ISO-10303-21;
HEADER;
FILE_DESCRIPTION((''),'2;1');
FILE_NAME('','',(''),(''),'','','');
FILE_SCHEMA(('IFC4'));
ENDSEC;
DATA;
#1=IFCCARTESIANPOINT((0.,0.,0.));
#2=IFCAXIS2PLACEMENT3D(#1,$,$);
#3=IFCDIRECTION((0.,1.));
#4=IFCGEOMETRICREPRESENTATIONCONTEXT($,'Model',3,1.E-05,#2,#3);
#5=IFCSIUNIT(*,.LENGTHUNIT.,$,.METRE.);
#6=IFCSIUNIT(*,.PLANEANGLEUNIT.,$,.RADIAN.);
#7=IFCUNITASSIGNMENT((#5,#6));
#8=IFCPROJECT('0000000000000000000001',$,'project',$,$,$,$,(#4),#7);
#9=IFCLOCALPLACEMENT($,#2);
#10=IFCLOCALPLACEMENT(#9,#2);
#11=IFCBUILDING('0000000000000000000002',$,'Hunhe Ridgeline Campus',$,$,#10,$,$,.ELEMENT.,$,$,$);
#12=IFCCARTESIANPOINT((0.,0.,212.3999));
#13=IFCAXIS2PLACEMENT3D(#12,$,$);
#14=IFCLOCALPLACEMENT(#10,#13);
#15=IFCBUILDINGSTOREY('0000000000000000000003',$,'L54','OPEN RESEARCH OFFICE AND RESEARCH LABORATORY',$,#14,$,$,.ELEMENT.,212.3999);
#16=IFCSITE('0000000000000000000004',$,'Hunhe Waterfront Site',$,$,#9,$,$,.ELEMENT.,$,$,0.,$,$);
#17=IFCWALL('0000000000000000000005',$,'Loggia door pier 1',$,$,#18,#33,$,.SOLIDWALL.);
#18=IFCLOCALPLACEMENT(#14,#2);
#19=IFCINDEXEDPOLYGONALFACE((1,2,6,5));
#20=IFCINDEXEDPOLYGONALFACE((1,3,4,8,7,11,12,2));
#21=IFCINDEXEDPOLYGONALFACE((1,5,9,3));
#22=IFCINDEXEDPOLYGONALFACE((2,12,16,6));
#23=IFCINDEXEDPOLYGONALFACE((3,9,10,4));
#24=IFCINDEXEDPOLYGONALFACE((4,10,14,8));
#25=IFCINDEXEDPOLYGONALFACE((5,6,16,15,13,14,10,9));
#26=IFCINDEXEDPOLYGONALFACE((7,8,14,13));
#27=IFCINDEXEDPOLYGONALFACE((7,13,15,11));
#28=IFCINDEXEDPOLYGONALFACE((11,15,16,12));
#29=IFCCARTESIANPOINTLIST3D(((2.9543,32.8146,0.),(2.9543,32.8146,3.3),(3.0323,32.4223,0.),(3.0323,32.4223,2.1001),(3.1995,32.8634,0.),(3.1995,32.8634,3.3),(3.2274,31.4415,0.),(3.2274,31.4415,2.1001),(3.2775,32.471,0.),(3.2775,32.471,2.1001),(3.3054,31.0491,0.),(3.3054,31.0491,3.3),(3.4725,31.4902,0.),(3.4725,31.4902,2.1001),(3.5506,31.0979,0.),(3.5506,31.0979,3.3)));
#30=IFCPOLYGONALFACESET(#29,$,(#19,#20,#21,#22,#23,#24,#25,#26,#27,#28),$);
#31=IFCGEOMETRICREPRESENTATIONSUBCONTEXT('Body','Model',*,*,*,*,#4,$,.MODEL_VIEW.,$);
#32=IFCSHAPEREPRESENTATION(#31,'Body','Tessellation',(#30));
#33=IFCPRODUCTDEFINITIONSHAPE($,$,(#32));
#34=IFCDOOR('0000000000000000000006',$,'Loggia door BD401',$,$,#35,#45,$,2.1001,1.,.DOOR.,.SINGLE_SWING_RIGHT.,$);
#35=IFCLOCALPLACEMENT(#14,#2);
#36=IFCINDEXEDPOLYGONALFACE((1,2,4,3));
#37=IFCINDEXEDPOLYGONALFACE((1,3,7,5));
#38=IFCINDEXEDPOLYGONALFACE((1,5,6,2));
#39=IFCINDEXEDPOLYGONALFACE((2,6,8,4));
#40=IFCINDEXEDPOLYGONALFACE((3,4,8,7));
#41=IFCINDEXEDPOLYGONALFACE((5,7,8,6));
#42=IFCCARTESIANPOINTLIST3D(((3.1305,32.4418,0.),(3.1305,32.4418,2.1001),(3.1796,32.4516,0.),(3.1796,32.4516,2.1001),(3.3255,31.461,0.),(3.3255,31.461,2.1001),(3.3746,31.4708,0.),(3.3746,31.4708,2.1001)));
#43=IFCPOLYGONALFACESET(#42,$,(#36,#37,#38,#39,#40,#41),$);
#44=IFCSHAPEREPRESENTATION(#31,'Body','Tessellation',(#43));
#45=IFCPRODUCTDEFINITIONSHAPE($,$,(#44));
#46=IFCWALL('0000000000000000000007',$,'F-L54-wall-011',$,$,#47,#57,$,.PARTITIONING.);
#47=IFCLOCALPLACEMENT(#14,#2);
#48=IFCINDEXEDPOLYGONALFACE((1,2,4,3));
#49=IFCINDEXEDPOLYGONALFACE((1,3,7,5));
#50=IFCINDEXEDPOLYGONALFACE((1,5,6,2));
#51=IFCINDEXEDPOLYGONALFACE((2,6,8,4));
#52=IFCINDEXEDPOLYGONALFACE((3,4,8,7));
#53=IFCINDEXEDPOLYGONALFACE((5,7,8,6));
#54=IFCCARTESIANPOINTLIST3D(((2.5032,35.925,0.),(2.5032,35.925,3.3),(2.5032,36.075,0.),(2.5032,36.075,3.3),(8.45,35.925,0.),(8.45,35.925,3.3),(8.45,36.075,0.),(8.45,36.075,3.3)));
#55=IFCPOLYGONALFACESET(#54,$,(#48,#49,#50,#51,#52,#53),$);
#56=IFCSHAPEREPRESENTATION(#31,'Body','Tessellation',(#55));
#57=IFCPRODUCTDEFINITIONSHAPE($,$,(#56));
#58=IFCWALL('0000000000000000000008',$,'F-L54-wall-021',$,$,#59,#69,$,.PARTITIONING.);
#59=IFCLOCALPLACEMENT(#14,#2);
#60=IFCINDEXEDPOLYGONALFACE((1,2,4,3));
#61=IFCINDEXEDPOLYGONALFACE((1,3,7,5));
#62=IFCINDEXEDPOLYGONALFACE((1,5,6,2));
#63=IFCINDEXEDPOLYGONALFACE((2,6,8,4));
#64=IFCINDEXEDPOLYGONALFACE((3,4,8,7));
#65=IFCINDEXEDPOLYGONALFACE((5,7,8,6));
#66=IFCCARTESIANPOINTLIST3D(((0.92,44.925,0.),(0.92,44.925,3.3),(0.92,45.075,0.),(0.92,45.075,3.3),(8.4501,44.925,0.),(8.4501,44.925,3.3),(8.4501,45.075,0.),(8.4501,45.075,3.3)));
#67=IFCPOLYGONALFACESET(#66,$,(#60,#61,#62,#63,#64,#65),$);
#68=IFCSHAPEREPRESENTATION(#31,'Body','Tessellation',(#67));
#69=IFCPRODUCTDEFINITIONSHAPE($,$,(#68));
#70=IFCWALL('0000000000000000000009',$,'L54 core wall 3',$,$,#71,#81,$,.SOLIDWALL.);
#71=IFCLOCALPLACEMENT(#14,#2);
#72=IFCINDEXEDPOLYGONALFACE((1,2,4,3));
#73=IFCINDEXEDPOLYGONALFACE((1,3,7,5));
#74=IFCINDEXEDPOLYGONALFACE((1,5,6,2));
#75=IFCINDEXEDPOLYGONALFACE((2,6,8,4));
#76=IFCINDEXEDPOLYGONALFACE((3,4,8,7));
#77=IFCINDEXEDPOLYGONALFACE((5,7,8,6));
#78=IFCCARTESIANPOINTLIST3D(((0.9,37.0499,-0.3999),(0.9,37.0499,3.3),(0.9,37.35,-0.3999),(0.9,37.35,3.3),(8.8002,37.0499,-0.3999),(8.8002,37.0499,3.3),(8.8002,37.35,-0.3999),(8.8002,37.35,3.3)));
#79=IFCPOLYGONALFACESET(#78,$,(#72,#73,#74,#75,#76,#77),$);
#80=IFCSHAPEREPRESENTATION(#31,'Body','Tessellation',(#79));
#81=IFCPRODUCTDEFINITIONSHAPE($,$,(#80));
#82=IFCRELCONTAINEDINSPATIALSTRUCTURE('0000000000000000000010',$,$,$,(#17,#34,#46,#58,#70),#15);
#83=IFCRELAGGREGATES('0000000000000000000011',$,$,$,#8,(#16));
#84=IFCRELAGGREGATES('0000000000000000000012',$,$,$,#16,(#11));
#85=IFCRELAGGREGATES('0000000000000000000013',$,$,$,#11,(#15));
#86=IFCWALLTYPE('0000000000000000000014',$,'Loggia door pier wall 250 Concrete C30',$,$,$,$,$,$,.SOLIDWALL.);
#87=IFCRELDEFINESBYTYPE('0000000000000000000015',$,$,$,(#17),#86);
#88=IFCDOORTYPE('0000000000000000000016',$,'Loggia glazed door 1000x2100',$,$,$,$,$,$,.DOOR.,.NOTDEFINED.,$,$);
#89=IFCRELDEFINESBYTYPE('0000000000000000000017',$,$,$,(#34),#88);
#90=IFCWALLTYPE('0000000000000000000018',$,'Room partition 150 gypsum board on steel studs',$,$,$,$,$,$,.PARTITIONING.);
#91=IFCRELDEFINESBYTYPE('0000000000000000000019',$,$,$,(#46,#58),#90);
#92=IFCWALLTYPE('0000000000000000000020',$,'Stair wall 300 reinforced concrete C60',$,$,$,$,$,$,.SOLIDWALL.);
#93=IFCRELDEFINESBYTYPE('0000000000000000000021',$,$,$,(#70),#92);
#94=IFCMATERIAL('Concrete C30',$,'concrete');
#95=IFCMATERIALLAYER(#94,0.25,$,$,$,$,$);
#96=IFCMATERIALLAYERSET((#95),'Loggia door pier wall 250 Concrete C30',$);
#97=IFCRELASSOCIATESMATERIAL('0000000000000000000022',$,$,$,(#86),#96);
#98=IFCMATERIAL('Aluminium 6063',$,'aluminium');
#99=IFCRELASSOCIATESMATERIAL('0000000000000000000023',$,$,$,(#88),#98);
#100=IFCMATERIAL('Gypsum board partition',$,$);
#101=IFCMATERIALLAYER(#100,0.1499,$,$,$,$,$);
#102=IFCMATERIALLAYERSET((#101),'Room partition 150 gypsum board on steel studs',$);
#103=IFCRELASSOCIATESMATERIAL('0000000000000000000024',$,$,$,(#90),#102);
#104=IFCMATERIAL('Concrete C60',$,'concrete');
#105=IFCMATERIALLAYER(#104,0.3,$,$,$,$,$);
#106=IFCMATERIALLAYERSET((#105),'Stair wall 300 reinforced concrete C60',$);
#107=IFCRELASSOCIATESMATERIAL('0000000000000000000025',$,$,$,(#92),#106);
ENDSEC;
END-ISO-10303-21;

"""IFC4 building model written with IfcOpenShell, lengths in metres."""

from ifc_helpers import new_model, si_unit, direction, frame, frame_2d, origin, place, context, subcontext, project, spatial, rectangle, extrude, material, layer, layer_set, type_object, element, fill, save


model = new_model("IFC4")

# Units and contexts
model_context = context("Model", 3, precision=1e-05, world=origin(), true_north=direction((0.0, 1.0)))
body_context = subcontext(model_context, "Body", "Model", "MODEL_VIEW")
ifc_project = project(units=[si_unit("LENGTHUNIT", "METRE"), si_unit("PLANEANGLEUNIT", "RADIAN")], contexts=[model_context])

# Site, building, storey
site_placement = place(None, origin())
site = spatial("IfcSite", under=ifc_project, at=site_placement, Name="Hunhe Waterfront Site", CompositionType="ELEMENT", RefElevation=0.0)
building_placement = place(site_placement, origin())
building = spatial("IfcBuilding", under=site, at=building_placement, Name="Hunhe Ridgeline Campus", CompositionType="ELEMENT")
storey_placement = place(building_placement, frame((0.0, 0.0, 212.3999)))
storey = spatial("IfcBuildingStorey", under=building, at=storey_placement, Name="L54", Description="OPEN RESEARCH OFFICE AND RESEARCH LABORATORY", CompositionType="ELEMENT", Elevation=212.3999)

# Shared definitions
ifc_material_1 = material(Name="Concrete C60", Category="concrete")

# Shared definitions
ifc_material_2 = material(Name="Aluminium 6063", Category="aluminium")

# Shared definitions
ifc_material_3 = material(Name="Concrete C30", Category="concrete")

# Wall, opening, door
ifc_layer_1 = layer(ifc_material_3, 0.25)
ifc_layer_set_1 = layer_set([ifc_layer_1], Name="Loggia door pier wall 250 Concrete C30")
wall_type_1 = type_object("IfcWallType", Name="Loggia door pier wall 250 Concrete C30", PredefinedType="SOLIDWALL", material=ifc_layer_set_1)
wall_1_placement = place(storey_placement, frame((3.0769, 32.8389, 0.0), z_axis=(0.0, 0.0, 1.0), x_axis=(0.195047, -0.980794, 0.0)))
wall_1 = element("IfcWall", 1, at=wall_1_placement, inside=storey, type_object=wall_type_1, Name="Loggia door pier 1", PredefinedType="SOLIDWALL", context=body_context, shape_type="SweptSolid", body=[
    extrude(rectangle(XDim=1.8, YDim=0.25, at=frame_2d((0.8999, 0.0))), origin(), (0.0, 0.0, 1.0), 3.3),
])
opening_1_placement = place(wall_1_placement, frame((0.3999, 0.0, 0.0)))
opening_1 = element("IfcOpeningElement", 2, at=opening_1_placement, cuts=wall_1, PredefinedType="OPENING", context=body_context, shape_type="SweptSolid", body=[
    extrude(rectangle(XDim=1.0, YDim=2.1001, at=frame_2d((0.5, 1.05))), frame((0.0, 0.125, 0.0), z_axis=(0.0, -1.0, 0.0), x_axis=(1.0, 0.0, 0.0)), (0.0, 0.0, 1.0), 0.25),
])
door_type_1 = type_object("IfcDoorType", Name="Loggia glazed door 1000x2100", OperationType="NOTDEFINED", PredefinedType="DOOR", material=ifc_material_2)
door_1_placement = place(opening_1_placement, frame((1.0, 0.0, 0.0), z_axis=(0.0, 0.0, 1.0), x_axis=(-1.0, 0.0, 0.0)))
door_1 = element("IfcDoor", 3, at=door_1_placement, inside=storey, type_object=door_type_1, Name="Loggia door BD401", OperationType="SINGLE_SWING_RIGHT", OverallHeight=2.1001, OverallWidth=1.0, PredefinedType="DOOR", context=body_context, shape_type="SweptSolid", body=[
    extrude(rectangle(XDim=1.0, YDim=2.1001, at=frame_2d((0.5, 1.05))), frame((0.0, 0.0249, 0.0), z_axis=(0.0, -1.0, 0.0), x_axis=(1.0, 0.0, 0.0)), (0.0, 0.0, 1.0), 0.05),
])
fill(opening_1, door_1)

# Walls
ifc_material_4 = material(Name="Gypsum board partition")
ifc_layer_2 = layer(ifc_material_4, 0.1499)
ifc_layer_set_2 = layer_set([ifc_layer_2], Name="Room partition 150 gypsum board on steel studs")
wall_type_2 = type_object("IfcWallType", Name="Room partition 150 gypsum board on steel studs", PredefinedType="PARTITIONING", material=ifc_layer_set_2)
wall_2_placement = place(storey_placement, frame((2.5032, 36.0, 0.0), z_axis=(0.0, 0.0, 1.0), x_axis=(1.0, 0.0, 0.0)))
element("IfcWall", 4, at=wall_2_placement, inside=storey, type_object=wall_type_2, Name="F-L54-wall-011", PredefinedType="PARTITIONING", context=body_context, shape_type="SweptSolid", body=[
    extrude(rectangle(XDim=5.9468, YDim=0.1499, at=frame_2d((2.9734, 0.0))), origin(), (0.0, 0.0, 1.0), 3.3),
])
wall_3_placement = place(storey_placement, frame((0.9199, 45.0, 0.0), z_axis=(0.0, 0.0, 1.0), x_axis=(1.0, 0.0, 0.0)))
element("IfcWall", 5, at=wall_3_placement, inside=storey, type_object=wall_type_2, Name="F-L54-wall-021", PredefinedType="PARTITIONING", context=body_context, shape_type="SweptSolid", body=[
    extrude(rectangle(XDim=7.53, YDim=0.1499, at=frame_2d((3.7651, 0.0))), origin(), (0.0, 0.0, 1.0), 3.3),
])
ifc_layer_3 = layer(ifc_material_1, 0.3)
ifc_layer_set_3 = layer_set([ifc_layer_3], Name="Stair wall 300 reinforced concrete C60")
wall_type_3 = type_object("IfcWallType", Name="Stair wall 300 reinforced concrete C60", PredefinedType="SOLIDWALL", material=ifc_layer_set_3)
wall_4_placement = place(storey_placement, frame((0.8999, 37.2, -0.3999), z_axis=(0.0, 0.0, 1.0), x_axis=(1.0, 0.0, 0.0)))
element("IfcWall", 6, at=wall_4_placement, inside=storey, type_object=wall_type_3, Name="L54 core wall 3", PredefinedType="SOLIDWALL", context=body_context, shape_type="SweptSolid", body=[
    extrude(rectangle(XDim=7.9001, YDim=0.3, at=frame_2d((3.9502, 0.0))), origin(), (0.0, 0.0, 1.0), 3.7),
])

save(model, "model.ifc")
